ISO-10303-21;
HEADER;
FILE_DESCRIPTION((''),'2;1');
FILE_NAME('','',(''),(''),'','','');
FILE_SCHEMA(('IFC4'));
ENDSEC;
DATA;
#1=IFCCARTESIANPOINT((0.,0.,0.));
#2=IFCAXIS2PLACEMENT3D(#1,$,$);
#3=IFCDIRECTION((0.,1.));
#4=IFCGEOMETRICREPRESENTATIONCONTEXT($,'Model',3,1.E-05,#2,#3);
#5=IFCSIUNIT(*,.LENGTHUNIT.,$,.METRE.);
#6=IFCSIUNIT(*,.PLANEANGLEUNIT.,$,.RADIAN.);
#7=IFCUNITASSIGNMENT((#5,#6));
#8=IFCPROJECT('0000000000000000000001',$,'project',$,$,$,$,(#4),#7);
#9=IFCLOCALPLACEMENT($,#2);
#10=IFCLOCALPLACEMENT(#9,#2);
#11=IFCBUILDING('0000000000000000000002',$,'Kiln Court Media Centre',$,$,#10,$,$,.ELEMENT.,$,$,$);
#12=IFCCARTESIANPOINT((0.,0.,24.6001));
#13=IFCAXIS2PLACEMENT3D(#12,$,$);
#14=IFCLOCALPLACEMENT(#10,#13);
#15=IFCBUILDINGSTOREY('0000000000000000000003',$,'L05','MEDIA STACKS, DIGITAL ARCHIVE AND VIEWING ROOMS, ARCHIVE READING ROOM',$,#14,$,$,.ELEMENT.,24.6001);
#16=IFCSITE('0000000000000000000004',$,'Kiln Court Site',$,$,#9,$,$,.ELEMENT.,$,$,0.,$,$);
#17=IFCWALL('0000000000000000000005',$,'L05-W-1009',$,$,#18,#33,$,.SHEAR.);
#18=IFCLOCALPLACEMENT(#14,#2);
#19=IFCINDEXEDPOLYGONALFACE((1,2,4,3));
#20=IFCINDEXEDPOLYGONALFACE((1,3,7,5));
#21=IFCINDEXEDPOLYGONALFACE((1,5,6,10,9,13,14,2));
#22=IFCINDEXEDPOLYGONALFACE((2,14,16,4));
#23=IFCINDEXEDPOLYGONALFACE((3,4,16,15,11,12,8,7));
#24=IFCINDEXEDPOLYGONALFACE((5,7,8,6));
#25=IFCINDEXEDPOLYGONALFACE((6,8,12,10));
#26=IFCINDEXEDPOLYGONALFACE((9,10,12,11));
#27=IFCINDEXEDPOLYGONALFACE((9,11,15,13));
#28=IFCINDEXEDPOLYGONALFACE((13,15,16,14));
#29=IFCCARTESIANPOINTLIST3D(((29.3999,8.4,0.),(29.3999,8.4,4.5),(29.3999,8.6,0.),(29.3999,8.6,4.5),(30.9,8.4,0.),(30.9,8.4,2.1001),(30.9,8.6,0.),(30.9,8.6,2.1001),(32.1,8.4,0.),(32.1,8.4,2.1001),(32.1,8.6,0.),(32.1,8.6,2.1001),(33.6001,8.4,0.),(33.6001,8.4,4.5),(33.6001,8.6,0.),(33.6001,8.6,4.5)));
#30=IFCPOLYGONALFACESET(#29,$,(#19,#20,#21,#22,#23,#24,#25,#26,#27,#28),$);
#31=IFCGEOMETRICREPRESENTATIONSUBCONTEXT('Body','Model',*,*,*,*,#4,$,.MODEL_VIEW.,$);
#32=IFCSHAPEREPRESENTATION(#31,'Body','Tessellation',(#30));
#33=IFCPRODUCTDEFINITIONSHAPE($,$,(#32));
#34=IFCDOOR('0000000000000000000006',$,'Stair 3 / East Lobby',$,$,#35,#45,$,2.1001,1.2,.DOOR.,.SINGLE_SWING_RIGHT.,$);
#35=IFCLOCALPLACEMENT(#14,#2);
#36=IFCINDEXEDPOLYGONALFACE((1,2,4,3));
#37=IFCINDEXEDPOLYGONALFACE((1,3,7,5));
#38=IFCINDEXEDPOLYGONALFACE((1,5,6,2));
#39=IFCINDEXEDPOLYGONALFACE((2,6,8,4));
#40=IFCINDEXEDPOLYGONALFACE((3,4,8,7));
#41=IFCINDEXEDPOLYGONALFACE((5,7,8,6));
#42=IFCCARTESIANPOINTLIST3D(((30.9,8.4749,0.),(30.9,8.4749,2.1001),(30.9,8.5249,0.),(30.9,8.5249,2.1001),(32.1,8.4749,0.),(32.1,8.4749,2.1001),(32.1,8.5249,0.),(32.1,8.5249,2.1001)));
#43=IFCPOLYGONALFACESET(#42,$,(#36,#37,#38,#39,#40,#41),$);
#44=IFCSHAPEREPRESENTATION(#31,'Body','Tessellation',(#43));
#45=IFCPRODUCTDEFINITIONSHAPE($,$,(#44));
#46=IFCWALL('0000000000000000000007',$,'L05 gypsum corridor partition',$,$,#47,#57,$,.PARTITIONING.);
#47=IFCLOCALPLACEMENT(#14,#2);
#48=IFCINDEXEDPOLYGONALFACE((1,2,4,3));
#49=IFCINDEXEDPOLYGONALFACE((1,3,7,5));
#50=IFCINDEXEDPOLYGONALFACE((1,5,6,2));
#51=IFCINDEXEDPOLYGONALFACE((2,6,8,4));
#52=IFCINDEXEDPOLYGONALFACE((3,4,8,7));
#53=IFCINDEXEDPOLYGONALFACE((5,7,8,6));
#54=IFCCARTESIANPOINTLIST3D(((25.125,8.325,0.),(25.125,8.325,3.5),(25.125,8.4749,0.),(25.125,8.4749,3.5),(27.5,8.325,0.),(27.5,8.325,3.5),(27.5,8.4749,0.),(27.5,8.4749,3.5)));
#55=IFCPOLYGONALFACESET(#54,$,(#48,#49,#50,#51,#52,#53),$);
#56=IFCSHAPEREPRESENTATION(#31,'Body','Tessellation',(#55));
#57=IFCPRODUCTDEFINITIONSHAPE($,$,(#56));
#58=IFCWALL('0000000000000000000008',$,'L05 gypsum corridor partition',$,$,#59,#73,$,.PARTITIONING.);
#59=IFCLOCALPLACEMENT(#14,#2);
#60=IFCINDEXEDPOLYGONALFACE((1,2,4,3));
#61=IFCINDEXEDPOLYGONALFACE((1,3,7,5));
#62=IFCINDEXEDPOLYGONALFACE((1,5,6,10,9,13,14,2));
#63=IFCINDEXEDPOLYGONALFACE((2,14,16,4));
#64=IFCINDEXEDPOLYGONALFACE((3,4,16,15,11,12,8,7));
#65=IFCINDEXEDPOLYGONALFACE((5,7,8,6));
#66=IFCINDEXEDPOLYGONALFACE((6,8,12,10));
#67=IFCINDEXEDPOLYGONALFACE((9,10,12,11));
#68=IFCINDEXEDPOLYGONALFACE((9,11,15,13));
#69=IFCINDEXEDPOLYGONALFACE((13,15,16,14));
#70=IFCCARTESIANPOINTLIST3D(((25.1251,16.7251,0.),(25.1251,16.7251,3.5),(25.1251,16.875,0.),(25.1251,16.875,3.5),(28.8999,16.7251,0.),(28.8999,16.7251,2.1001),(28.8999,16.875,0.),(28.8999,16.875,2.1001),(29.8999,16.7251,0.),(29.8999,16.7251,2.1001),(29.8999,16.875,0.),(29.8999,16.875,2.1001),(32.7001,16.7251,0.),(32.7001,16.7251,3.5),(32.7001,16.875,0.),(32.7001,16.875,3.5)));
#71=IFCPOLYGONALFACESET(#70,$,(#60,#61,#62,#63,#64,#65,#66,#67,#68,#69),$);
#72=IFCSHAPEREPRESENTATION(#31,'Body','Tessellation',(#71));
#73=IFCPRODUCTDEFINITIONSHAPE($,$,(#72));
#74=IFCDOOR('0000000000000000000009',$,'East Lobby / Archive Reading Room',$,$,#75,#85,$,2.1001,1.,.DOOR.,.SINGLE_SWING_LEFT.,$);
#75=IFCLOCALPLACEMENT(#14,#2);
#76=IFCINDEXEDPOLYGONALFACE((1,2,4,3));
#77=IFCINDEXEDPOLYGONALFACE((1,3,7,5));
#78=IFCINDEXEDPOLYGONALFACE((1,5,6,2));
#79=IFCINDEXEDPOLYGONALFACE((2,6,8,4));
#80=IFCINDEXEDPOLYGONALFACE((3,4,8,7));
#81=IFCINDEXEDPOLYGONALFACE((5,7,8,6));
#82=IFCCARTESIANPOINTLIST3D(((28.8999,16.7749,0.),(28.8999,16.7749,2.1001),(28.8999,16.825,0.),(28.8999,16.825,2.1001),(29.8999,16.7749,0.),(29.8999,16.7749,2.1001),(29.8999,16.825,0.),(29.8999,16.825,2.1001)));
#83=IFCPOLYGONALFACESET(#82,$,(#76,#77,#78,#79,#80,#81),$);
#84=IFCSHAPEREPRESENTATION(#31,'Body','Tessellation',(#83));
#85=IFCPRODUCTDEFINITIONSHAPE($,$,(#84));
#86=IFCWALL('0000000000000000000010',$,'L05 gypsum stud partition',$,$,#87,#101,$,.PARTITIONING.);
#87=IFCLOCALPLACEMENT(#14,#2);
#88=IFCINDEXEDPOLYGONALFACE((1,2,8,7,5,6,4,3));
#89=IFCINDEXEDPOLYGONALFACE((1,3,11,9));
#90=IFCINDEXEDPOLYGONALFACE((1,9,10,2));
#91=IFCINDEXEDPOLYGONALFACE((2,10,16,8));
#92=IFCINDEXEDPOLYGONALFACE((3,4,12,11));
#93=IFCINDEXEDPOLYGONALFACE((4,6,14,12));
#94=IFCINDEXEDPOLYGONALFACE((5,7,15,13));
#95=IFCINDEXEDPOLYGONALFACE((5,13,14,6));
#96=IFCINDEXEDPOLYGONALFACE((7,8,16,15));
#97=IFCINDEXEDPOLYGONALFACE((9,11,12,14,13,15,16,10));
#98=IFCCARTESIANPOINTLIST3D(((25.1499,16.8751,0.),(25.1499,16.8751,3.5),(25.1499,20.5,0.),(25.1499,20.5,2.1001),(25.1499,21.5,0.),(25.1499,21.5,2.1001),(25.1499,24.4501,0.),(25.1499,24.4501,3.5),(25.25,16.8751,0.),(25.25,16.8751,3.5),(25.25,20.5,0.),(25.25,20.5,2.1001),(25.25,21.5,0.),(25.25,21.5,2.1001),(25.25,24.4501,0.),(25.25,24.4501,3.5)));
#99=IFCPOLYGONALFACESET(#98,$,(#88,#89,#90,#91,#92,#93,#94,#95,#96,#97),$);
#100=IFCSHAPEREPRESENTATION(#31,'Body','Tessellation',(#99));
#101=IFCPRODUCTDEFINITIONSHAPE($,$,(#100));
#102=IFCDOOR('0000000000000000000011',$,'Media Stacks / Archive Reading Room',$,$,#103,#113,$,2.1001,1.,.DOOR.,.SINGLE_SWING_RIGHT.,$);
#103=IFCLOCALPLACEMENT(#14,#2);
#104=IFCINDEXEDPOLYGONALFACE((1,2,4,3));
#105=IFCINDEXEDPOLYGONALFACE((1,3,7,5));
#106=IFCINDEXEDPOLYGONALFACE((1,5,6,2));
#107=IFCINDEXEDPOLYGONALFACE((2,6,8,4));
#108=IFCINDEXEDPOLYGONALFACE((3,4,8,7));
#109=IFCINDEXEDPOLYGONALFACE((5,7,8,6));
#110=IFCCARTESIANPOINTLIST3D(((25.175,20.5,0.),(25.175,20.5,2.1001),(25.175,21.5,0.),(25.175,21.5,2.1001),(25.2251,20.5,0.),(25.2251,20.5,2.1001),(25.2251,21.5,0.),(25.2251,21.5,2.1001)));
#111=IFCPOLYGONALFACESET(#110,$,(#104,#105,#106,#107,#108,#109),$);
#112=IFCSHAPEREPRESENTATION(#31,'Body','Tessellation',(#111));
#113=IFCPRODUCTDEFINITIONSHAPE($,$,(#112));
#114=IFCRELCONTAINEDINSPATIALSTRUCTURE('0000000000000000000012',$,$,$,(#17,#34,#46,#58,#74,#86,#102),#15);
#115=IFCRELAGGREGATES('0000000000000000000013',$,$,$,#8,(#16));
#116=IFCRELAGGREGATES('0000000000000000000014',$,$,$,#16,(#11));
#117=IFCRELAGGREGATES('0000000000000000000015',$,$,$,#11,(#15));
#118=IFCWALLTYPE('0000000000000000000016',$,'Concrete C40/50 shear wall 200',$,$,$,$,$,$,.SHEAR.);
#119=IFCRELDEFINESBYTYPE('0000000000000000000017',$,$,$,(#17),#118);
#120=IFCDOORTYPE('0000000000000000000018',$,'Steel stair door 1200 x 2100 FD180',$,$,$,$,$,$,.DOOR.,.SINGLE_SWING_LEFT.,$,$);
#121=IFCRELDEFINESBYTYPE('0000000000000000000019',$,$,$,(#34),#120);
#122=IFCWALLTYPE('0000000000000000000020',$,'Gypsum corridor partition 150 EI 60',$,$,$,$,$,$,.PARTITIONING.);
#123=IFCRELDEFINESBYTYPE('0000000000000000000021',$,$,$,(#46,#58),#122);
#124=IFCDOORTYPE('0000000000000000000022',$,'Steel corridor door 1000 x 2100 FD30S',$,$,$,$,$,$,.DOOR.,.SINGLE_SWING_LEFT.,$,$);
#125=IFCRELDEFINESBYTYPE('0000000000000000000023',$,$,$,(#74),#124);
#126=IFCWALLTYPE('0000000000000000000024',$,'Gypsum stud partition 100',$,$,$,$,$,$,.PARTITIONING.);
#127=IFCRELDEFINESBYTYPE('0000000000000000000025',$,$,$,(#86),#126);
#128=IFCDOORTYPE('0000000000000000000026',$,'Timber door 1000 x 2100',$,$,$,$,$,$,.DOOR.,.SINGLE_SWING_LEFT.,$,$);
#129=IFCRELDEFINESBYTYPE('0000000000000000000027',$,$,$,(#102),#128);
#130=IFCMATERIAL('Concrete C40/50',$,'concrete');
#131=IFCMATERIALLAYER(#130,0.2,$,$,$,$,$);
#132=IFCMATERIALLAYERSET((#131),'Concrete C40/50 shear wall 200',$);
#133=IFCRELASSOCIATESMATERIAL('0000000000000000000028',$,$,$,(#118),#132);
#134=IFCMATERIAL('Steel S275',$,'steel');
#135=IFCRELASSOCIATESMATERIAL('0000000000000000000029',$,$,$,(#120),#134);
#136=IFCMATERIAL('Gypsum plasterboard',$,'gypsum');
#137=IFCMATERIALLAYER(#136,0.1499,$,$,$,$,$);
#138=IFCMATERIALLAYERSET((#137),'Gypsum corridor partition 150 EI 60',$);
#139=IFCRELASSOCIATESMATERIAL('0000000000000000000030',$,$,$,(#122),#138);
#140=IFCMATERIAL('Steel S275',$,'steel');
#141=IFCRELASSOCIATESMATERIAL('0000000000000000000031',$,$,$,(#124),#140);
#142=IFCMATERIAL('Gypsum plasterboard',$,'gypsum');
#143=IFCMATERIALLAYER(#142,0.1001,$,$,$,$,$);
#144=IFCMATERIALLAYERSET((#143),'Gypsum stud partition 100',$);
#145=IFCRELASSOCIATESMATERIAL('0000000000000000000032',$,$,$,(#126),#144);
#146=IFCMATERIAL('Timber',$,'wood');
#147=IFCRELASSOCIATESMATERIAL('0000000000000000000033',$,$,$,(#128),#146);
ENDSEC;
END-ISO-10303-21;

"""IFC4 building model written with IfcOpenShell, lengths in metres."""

from ifc_helpers import new_model, si_unit, direction, frame, frame_2d, origin, place, context, subcontext, project, spatial, rectangle, extrude, material, layer, layer_set, type_object, element, fill, save


model = new_model("IFC4")

# Units and contexts
model_context = context("Model", 3, precision=1e-05, world=origin(), true_north=direction((0.0, 1.0)))
body_context = subcontext(model_context, "Body", "Model", "MODEL_VIEW")
ifc_project = project(units=[si_unit("LENGTHUNIT", "METRE"), si_unit("PLANEANGLEUNIT", "RADIAN")], contexts=[model_context])

# Site, building, storey
site_placement = place(None, origin())
site = spatial("IfcSite", under=ifc_project, at=site_placement, Name="Kiln Court Site", CompositionType="ELEMENT", RefElevation=0.0)
building_placement = place(site_placement, origin())
building = spatial("IfcBuilding", under=site, at=building_placement, Name="Kiln Court Media Centre", CompositionType="ELEMENT")
storey_placement = place(building_placement, frame((0.0, 0.0, 24.6001)))
storey = spatial("IfcBuildingStorey", under=building, at=storey_placement, Name="L05", Description="MEDIA STACKS, DIGITAL ARCHIVE AND VIEWING ROOMS, ARCHIVE READING ROOM", CompositionType="ELEMENT", Elevation=24.6001)

# Wall, opening, door
ifc_material_1 = material(Name="Concrete C40/50", Category="concrete")
ifc_layer_1 = layer(ifc_material_1, 0.2)
ifc_layer_set_1 = layer_set([ifc_layer_1], Name="Concrete C40/50 shear wall 200")
wall_type_1 = type_object("IfcWallType", Name="Concrete C40/50 shear wall 200", PredefinedType="SHEAR", material=ifc_layer_set_1)
wall_1_placement = place(storey_placement, frame((29.3999, 8.5, 0.0), z_axis=(0.0, 0.0, 1.0), x_axis=(1.0, 0.0, 0.0)))
wall_1 = element("IfcWall", 1, at=wall_1_placement, inside=storey, type_object=wall_type_1, Name="L05-W-1009", PredefinedType="SHEAR", context=body_context, shape_type="SweptSolid", body=[
    extrude(rectangle(XDim=4.2002, YDim=0.2, at=frame_2d((2.1001, 0.0))), origin(), (0.0, 0.0, 1.0), 4.5),
])
opening_1_placement = place(wall_1_placement, frame((1.5, 0.0, 0.0)))
opening_1 = element("IfcOpeningElement", 2, at=opening_1_placement, cuts=wall_1, PredefinedType="OPENING", context=body_context, shape_type="SweptSolid", body=[
    extrude(rectangle(XDim=1.2, YDim=2.1001, at=frame_2d((0.6001, 1.05))), frame((0.0, 0.1099, 0.0), z_axis=(0.0, -1.0, 0.0), x_axis=(1.0, 0.0, 0.0)), (0.0, 0.0, 1.0), 0.22),
])
ifc_material_2 = material(Name="Steel S275", Category="steel")
door_type_1 = type_object("IfcDoorType", Name="Steel stair door 1200 x 2100 FD180", OperationType="SINGLE_SWING_LEFT", PredefinedType="DOOR", material=ifc_material_2)
door_1_placement = place(opening_1_placement, origin())
door_1 = element("IfcDoor", 3, at=door_1_placement, inside=storey, type_object=door_type_1, Name="Stair 3 / East Lobby", OperationType="SINGLE_SWING_RIGHT", OverallHeight=2.1001, OverallWidth=1.2, PredefinedType="DOOR", context=body_context, shape_type="SweptSolid", body=[
    extrude(rectangle(XDim=1.2, YDim=2.1001, at=frame_2d((0.6001, 1.05))), frame((0.0, 0.0249, 0.0), z_axis=(0.0, -1.0, 0.0), x_axis=(1.0, 0.0, 0.0)), (0.0, 0.0, 1.0), 0.05),
])
fill(opening_1, door_1)

# Wall
ifc_material_3 = material(Name="Gypsum plasterboard", Category="gypsum")
ifc_layer_2 = layer(ifc_material_3, 0.1499)
ifc_layer_set_2 = layer_set([ifc_layer_2], Name="Gypsum corridor partition 150 EI 60")
wall_type_2 = type_object("IfcWallType", Name="Gypsum corridor partition 150 EI 60", PredefinedType="PARTITIONING", material=ifc_layer_set_2)
wall_2_placement = place(storey_placement, frame((25.125, 8.3999, 0.0), z_axis=(0.0, 0.0, 1.0), x_axis=(1.0, 0.0, 0.0)))
element("IfcWall", 4, at=wall_2_placement, inside=storey, type_object=wall_type_2, Name="L05 gypsum corridor partition", PredefinedType="PARTITIONING", context=body_context, shape_type="SweptSolid", body=[
    extrude(rectangle(XDim=2.375, YDim=0.1499, at=frame_2d((1.1875, 0.0))), origin(), (0.0, 0.0, 1.0), 3.5),
])

# Walls, openings, doors
wall_3_placement = place(storey_placement, frame((25.125, 16.8, 0.0), z_axis=(0.0, 0.0, 1.0), x_axis=(1.0, 0.0, 0.0)))
wall_3 = element("IfcWall", 5, at=wall_3_placement, inside=storey, type_object=wall_type_2, Name="L05 gypsum corridor partition", PredefinedType="PARTITIONING", context=body_context, shape_type="SweptSolid", body=[
    extrude(rectangle(XDim=7.575, YDim=0.1499, at=frame_2d((3.7876, 0.0))), origin(), (0.0, 0.0, 1.0), 3.5),
])
opening_2_placement = place(wall_3_placement, frame((3.7749, 0.0, 0.0)))
opening_2 = element("IfcOpeningElement", 6, at=opening_2_placement, cuts=wall_3, PredefinedType="OPENING", context=body_context, shape_type="SweptSolid", body=[
    extrude(rectangle(XDim=1.0, YDim=2.1001, at=frame_2d((0.5, 1.05))), frame((0.0, 0.085, 0.0), z_axis=(0.0, -1.0, 0.0), x_axis=(1.0, 0.0, 0.0)), (0.0, 0.0, 1.0), 0.1699),
])
ifc_material_4 = material(Name="Steel S275", Category="steel")
door_type_2 = type_object("IfcDoorType", Name="Steel corridor door 1000 x 2100 FD30S", OperationType="SINGLE_SWING_LEFT", PredefinedType="DOOR", material=ifc_material_4)
door_2_placement = place(opening_2_placement, origin())
door_2 = element("IfcDoor", 7, at=door_2_placement, inside=storey, type_object=door_type_2, Name="East Lobby / Archive Reading Room", OperationType="SINGLE_SWING_LEFT", OverallHeight=2.1001, OverallWidth=1.0, PredefinedType="DOOR", context=body_context, shape_type="SweptSolid", body=[
    extrude(rectangle(XDim=1.0, YDim=2.1001, at=frame_2d((0.5, 1.05))), frame((0.0, 0.0249, 0.0), z_axis=(0.0, -1.0, 0.0), x_axis=(1.0, 0.0, 0.0)), (0.0, 0.0, 1.0), 0.05),
])
fill(opening_2, door_2)
ifc_material_5 = material(Name="Gypsum plasterboard", Category="gypsum")
ifc_layer_3 = layer(ifc_material_5, 0.1001)
ifc_layer_set_3 = layer_set([ifc_layer_3], Name="Gypsum stud partition 100")
wall_type_3 = type_object("IfcWallType", Name="Gypsum stud partition 100", PredefinedType="PARTITIONING", material=ifc_layer_set_3)
wall_4_placement = place(storey_placement, frame((25.2, 16.875, 0.0), z_axis=(0.0, 0.0, 1.0), x_axis=(0.0, 1.0, 0.0)))
wall_4 = element("IfcWall", 8, at=wall_4_placement, inside=storey, type_object=wall_type_3, Name="L05 gypsum stud partition", PredefinedType="PARTITIONING", context=body_context, shape_type="SweptSolid", body=[
    extrude(rectangle(XDim=7.575, YDim=0.1001, at=frame_2d((3.7876, 0.0))), origin(), (0.0, 0.0, 1.0), 3.5),
])
opening_3_placement = place(wall_4_placement, frame((3.625, 0.0, 0.0)))
opening_3 = element("IfcOpeningElement", 9, at=opening_3_placement, cuts=wall_4, PredefinedType="OPENING", context=body_context, shape_type="SweptSolid", body=[
    extrude(rectangle(XDim=1.0, YDim=2.1001, at=frame_2d((0.5, 1.05))), frame((0.0, 0.0601, 0.0), z_axis=(0.0, -1.0, 0.0), x_axis=(1.0, 0.0, 0.0)), (0.0, 0.0, 1.0), 0.1201),
])
ifc_material_6 = material(Name="Timber", Category="wood")
door_type_3 = type_object("IfcDoorType", Name="Timber door 1000 x 2100", OperationType="SINGLE_SWING_LEFT", PredefinedType="DOOR", material=ifc_material_6)
door_3_placement = place(opening_3_placement, origin())
door_3 = element("IfcDoor", 10, at=door_3_placement, inside=storey, type_object=door_type_3, Name="Media Stacks / Archive Reading Room", OperationType="SINGLE_SWING_RIGHT", OverallHeight=2.1001, OverallWidth=1.0, PredefinedType="DOOR", context=body_context, shape_type="SweptSolid", body=[
    extrude(rectangle(XDim=1.0, YDim=2.1001, at=frame_2d((0.5, 1.05))), frame((0.0, 0.0249, 0.0), z_axis=(0.0, -1.0, 0.0), x_axis=(1.0, 0.0, 0.0)), (0.0, 0.0, 1.0), 0.05),
])
fill(opening_3, door_3)

save(model, "model.ifc")
